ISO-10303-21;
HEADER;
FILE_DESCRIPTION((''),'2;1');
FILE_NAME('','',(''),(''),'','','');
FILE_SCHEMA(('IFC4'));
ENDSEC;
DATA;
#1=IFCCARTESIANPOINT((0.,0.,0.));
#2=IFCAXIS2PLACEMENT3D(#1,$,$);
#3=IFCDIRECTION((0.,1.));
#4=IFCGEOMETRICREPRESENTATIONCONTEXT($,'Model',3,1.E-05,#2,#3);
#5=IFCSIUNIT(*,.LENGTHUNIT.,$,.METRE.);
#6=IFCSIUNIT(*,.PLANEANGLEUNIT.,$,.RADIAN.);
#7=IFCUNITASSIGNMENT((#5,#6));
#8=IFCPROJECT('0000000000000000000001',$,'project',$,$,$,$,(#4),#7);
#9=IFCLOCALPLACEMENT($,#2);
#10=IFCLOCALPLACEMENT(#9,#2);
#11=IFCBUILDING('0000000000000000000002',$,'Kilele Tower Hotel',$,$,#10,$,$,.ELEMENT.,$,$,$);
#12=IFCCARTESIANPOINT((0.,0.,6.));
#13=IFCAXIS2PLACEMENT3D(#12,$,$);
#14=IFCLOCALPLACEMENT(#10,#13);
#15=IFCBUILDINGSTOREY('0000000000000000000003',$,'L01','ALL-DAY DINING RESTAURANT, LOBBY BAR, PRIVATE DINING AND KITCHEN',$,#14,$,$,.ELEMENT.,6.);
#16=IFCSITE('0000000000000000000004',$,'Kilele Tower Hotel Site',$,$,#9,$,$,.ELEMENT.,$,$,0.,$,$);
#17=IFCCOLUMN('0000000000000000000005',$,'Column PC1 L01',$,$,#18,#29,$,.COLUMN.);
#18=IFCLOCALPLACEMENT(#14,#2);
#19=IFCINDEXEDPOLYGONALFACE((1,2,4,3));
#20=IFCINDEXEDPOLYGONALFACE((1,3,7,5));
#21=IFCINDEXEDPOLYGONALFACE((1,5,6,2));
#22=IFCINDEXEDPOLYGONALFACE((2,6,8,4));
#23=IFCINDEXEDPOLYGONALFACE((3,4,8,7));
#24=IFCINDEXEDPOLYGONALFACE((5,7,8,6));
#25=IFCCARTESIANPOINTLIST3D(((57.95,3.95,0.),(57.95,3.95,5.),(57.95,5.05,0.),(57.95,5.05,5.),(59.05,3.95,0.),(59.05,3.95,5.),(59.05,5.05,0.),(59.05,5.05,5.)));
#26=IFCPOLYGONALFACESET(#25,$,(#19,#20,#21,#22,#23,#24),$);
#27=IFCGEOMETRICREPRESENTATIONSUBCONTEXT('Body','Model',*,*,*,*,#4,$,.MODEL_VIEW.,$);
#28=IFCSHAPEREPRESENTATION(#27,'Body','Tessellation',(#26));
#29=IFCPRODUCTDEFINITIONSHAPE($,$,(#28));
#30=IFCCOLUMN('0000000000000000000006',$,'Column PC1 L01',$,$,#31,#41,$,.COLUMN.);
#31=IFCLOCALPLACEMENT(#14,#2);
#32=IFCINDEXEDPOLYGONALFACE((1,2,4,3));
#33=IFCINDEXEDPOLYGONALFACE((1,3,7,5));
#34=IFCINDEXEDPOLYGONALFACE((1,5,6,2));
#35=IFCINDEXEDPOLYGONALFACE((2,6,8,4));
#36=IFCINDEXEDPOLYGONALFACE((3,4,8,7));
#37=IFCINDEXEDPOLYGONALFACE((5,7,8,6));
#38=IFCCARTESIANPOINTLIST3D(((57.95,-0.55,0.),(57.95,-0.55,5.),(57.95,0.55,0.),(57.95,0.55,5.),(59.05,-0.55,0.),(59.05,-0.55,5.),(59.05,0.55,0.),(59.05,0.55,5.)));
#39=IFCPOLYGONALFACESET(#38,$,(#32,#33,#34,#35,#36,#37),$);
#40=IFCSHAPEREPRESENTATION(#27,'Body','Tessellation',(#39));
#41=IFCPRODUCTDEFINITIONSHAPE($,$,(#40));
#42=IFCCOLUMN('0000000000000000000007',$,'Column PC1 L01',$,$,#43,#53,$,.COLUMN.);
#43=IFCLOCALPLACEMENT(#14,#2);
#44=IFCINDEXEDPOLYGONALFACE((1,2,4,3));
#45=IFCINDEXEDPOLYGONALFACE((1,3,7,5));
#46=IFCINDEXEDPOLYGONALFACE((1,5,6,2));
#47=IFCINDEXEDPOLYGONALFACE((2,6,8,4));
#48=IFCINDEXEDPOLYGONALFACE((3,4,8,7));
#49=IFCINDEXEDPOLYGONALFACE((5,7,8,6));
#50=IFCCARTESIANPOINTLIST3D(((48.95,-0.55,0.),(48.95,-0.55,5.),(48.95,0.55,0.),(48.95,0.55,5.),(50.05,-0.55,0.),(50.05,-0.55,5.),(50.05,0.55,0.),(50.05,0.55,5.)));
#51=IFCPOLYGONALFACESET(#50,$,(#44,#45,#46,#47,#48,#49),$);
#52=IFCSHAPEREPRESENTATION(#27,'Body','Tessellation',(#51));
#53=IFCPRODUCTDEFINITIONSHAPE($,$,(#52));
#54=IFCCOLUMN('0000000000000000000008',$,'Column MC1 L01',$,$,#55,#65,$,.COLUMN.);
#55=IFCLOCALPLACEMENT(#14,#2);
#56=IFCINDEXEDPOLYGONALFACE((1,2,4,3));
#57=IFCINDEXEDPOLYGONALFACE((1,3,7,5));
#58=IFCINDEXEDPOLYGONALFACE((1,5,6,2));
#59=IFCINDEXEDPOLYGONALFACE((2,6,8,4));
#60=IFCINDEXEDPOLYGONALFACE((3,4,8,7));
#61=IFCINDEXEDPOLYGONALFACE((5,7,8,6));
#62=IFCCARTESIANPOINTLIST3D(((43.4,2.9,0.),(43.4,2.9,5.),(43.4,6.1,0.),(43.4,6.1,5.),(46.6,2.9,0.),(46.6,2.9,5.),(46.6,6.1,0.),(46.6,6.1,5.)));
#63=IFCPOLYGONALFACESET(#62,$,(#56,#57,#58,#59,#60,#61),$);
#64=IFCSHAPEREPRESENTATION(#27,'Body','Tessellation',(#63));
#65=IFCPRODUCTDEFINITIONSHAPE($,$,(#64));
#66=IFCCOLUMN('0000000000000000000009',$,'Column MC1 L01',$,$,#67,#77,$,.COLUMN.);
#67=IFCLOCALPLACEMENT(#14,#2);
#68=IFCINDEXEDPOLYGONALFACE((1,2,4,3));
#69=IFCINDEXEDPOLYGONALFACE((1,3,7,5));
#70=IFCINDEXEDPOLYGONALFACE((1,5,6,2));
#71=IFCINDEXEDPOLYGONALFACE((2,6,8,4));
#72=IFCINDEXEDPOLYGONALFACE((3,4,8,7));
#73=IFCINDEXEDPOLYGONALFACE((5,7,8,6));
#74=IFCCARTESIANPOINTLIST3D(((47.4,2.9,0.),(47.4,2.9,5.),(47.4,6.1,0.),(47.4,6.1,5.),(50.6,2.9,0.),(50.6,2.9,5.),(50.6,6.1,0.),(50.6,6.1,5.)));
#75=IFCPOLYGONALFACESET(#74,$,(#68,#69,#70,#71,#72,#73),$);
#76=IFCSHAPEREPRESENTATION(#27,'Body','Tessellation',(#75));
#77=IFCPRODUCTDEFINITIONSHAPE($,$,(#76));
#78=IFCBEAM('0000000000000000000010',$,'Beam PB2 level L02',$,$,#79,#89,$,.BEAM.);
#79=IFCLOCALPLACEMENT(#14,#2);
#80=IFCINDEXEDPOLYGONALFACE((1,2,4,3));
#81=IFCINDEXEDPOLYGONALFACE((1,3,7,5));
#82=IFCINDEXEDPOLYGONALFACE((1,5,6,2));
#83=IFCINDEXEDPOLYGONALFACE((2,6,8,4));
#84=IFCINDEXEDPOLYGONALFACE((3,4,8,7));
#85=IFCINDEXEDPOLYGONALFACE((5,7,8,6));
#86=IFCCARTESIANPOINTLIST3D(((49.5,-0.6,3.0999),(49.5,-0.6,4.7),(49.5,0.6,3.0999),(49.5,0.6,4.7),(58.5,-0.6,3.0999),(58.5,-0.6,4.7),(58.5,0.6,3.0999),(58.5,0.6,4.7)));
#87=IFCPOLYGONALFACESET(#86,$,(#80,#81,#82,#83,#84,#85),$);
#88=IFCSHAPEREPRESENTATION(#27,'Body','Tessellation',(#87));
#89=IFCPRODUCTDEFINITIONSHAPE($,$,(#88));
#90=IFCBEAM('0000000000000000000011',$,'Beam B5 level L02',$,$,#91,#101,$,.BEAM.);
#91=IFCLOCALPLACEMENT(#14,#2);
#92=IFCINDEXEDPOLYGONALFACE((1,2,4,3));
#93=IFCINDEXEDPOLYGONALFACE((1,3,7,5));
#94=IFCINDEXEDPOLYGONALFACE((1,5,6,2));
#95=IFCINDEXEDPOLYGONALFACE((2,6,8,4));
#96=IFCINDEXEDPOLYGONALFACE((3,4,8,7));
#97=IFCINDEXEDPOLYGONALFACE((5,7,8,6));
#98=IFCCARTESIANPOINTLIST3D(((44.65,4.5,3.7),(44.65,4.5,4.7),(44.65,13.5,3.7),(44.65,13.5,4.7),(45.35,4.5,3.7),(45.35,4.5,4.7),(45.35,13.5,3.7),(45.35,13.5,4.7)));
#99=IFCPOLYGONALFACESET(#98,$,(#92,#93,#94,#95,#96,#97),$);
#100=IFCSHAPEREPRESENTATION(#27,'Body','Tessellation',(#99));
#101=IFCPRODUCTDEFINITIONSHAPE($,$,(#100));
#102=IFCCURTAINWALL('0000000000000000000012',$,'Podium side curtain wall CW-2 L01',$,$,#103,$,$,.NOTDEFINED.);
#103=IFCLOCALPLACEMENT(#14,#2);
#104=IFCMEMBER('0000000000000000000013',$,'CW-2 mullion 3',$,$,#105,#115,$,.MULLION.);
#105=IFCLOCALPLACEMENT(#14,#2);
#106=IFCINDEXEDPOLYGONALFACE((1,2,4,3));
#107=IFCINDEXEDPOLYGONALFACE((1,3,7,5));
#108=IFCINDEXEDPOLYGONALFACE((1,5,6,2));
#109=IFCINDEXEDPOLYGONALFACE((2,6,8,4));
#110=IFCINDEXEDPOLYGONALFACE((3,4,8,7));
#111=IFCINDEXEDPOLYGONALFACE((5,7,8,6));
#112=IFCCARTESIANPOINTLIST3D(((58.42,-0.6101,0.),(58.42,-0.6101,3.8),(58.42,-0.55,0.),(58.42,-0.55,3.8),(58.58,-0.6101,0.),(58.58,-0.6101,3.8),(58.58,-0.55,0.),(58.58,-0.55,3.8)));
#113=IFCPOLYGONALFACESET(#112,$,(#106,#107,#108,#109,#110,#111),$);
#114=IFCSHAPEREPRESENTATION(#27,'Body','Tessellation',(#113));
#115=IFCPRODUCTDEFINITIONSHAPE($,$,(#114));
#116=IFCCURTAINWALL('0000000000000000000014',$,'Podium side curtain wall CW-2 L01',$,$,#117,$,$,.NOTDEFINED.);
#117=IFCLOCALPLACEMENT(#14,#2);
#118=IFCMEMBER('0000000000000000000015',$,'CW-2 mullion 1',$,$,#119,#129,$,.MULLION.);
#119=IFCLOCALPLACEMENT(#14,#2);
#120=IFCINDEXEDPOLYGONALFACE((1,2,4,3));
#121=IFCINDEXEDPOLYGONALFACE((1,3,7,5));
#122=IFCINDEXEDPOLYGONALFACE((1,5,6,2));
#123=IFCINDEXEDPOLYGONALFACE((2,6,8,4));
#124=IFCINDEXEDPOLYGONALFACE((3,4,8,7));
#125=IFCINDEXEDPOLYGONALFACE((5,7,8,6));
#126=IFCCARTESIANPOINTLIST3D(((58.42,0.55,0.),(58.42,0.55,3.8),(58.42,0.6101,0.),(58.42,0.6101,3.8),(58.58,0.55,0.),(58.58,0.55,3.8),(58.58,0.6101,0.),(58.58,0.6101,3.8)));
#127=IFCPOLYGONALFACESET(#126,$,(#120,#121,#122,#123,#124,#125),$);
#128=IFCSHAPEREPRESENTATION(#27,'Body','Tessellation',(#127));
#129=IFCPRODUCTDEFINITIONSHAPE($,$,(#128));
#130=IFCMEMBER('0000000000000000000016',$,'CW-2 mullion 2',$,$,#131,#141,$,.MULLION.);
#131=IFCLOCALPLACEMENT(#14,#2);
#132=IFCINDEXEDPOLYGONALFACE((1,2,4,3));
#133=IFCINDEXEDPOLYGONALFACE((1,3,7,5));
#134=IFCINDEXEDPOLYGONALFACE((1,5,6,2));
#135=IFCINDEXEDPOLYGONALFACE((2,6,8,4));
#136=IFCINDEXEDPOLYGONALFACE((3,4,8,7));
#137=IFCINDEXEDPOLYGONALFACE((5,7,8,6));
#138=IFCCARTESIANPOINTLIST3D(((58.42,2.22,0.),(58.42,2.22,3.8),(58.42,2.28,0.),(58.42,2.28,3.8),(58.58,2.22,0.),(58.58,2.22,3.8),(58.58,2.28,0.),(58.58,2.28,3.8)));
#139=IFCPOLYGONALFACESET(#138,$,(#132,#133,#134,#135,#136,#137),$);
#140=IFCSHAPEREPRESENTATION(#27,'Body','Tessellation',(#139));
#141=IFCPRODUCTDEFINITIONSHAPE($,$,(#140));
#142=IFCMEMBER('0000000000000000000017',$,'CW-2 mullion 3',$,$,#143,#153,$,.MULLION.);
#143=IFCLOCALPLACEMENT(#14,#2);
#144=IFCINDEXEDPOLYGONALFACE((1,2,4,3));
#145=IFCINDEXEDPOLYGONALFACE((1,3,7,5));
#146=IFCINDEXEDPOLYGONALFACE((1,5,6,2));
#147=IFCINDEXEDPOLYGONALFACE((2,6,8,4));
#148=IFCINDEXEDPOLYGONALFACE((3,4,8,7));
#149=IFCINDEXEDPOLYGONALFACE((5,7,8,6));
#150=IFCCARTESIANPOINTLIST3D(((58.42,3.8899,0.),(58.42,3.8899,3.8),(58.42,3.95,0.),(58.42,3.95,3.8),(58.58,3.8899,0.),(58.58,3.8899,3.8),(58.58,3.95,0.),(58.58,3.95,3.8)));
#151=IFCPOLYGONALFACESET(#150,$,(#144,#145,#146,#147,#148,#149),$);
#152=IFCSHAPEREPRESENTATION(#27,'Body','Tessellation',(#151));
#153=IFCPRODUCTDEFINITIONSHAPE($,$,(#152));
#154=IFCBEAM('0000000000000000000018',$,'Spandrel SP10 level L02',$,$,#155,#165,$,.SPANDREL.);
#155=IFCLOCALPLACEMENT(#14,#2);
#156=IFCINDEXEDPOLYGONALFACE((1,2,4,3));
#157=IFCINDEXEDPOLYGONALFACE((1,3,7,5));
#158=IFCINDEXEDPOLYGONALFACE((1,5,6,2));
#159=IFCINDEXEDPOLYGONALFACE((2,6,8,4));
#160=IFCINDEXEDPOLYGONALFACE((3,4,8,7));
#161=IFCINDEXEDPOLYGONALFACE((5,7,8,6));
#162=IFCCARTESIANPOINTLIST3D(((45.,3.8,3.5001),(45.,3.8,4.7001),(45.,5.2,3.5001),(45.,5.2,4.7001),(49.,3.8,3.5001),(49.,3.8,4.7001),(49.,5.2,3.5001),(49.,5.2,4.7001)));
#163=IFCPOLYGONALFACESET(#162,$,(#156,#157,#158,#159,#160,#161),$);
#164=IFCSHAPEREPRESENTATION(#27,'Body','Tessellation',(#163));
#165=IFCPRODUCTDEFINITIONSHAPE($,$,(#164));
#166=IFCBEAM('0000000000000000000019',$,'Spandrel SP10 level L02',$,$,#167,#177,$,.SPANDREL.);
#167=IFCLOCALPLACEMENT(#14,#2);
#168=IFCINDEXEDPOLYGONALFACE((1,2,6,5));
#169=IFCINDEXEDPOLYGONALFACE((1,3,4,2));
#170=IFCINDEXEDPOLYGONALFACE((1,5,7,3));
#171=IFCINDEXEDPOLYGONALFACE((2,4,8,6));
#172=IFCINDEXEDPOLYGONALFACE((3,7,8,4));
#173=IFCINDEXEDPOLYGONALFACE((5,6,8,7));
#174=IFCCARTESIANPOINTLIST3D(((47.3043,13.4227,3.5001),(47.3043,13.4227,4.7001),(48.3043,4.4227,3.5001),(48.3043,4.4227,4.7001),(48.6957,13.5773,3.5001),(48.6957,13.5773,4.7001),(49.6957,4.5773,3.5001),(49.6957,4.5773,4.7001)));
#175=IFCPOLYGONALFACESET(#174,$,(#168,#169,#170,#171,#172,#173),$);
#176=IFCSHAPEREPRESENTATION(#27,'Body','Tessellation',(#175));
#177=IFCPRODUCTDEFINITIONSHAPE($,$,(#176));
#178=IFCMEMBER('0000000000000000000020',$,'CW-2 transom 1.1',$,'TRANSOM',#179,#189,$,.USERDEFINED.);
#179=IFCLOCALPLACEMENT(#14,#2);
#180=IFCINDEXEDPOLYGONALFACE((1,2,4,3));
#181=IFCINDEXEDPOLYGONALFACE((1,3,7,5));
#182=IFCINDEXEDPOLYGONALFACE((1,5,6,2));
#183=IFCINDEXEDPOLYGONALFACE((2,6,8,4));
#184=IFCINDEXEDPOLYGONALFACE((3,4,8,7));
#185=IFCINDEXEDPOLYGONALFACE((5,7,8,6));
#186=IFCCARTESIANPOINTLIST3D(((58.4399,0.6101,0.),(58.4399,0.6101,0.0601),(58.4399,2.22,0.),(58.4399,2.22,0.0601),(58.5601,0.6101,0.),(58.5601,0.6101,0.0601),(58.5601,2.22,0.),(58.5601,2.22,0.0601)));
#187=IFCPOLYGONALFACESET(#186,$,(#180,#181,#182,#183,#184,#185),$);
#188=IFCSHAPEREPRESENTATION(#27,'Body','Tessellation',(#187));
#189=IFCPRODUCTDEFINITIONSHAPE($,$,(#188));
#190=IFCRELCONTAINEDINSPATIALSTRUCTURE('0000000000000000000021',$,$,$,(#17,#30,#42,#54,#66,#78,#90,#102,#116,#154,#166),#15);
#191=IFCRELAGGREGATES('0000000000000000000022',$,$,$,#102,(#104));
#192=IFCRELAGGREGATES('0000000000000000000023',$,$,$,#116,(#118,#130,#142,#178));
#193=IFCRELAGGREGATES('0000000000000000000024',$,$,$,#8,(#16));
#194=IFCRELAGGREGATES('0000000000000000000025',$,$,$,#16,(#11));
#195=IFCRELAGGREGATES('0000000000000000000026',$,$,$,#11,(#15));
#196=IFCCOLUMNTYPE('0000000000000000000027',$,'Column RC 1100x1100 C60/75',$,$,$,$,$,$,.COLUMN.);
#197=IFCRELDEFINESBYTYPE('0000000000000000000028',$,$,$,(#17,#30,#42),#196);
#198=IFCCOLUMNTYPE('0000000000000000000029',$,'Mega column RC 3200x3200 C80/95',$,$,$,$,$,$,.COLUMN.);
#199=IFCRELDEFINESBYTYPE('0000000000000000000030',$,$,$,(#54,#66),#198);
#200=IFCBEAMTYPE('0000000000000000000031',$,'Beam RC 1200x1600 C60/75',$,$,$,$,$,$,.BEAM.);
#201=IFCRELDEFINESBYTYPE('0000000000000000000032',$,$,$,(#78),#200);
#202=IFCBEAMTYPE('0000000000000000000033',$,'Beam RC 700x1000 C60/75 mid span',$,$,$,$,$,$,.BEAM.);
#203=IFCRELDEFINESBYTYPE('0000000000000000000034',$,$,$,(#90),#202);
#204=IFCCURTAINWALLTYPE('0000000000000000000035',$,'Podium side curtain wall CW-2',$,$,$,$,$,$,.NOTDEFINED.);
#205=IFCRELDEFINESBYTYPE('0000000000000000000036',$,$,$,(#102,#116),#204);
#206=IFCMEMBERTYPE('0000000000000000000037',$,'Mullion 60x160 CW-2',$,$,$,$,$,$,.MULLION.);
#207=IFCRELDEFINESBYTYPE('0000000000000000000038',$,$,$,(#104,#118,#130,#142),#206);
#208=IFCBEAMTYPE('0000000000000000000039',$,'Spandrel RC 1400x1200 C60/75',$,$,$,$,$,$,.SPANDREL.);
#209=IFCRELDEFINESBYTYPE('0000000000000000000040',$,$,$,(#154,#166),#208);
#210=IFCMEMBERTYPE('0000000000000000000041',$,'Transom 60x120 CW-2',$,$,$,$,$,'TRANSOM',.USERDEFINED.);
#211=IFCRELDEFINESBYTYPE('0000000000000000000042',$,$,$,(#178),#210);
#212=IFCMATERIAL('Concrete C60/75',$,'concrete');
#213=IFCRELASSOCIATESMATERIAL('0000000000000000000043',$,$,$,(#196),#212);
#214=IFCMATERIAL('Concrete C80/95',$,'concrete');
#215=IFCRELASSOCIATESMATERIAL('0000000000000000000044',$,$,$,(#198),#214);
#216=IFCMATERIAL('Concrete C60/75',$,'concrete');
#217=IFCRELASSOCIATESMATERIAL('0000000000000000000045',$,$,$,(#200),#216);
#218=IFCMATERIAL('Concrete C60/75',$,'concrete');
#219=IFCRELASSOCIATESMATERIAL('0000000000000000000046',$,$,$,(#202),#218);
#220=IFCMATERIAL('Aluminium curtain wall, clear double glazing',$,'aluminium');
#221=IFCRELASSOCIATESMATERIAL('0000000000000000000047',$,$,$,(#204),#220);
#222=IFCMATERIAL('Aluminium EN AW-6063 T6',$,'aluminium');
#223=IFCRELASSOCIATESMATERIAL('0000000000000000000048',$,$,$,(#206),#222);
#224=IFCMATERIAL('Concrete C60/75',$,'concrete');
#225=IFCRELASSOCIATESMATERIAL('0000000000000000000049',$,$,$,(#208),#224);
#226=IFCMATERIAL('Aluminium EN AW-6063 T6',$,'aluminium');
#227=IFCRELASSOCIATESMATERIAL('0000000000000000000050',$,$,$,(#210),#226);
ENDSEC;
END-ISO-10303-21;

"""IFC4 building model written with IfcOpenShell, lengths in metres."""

from ifc_helpers import new_model, si_unit, direction, frame, origin, origin_2d, place, context, subcontext, project, spatial, rectangle, extrude, material, material_profile, profile_set, type_object, element, aggregate, save


model = new_model("IFC4")

# Units and contexts
model_context = context("Model", 3, precision=1e-05, world=origin(), true_north=direction((0.0, 1.0)))
body_context = subcontext(model_context, "Body", "Model", "MODEL_VIEW")
ifc_project = project(units=[si_unit("LENGTHUNIT", "METRE"), si_unit("PLANEANGLEUNIT", "RADIAN")], contexts=[model_context])

# Site, building, storey
site_placement = place(None, origin())
site = spatial("IfcSite", under=ifc_project, at=site_placement, Name="Kilele Tower Hotel Site", CompositionType="ELEMENT", RefElevation=0.0)
building_placement = place(site_placement, origin())
building = spatial("IfcBuilding", under=site, at=building_placement, Name="Kilele Tower Hotel", CompositionType="ELEMENT")
storey_placement = place(building_placement, frame((0.0, 0.0, 6.0)))
storey = spatial("IfcBuildingStorey", under=building, at=storey_placement, Name="L01", Description="ALL-DAY DINING RESTAURANT, LOBBY BAR, PRIVATE DINING AND KITCHEN", CompositionType="ELEMENT", Elevation=6.0)

# Columns
ifc_material_1 = material(Name="Concrete C60/75", Category="concrete")
ifc_material_profile_1 = material_profile(ifc_material_1, rectangle(XDim=1.1001, YDim=1.1001, at=origin_2d()))
ifc_profile_set_1 = profile_set([ifc_material_profile_1], Name="Concrete C60/75")
column_type_1 = type_object("IfcColumnType", Name="Column RC 1100x1100 C60/75", PredefinedType="COLUMN", material=ifc_profile_set_1)
for number, where, z_axis, x_axis, name in (
    (1, (58.5, 4.5, 0.0), (0.0, 0.0, 1.0), (1.0, 0.0, 0.0), "Column PC1 L01"),
    (2, (58.5, 0.0, 0.0), (0.0, 0.0, 1.0), (1.0, 0.0, 0.0), "Column PC1 L01"),
    (3, (49.5, 0.0, 0.0), (0.0, 0.0, 1.0), (1.0, 0.0, 0.0), "Column PC1 L01"),
):
    element("IfcColumn", number, at=place(storey_placement, frame(where, z_axis=z_axis, x_axis=x_axis)), inside=storey, type_object=column_type_1, Name=name, PredefinedType="COLUMN", context=body_context, shape_type="SweptSolid", body=[
        extrude(rectangle(XDim=1.1001, YDim=1.1001, at=origin_2d()), origin(), (0.0, 0.0, 1.0), 5.0),
    ])
ifc_material_2 = material(Name="Concrete C80/95", Category="concrete")
ifc_material_profile_2 = material_profile(ifc_material_2, rectangle(XDim=3.2, YDim=3.2, at=origin_2d()))
ifc_profile_set_2 = profile_set([ifc_material_profile_2], Name="Concrete C80/95")
column_type_2 = type_object("IfcColumnType", Name="Mega column RC 3200x3200 C80/95", PredefinedType="COLUMN", material=ifc_profile_set_2)
for number, where, z_axis, x_axis, name in (
    (4, (45.0, 4.5, 0.0), (0.0, 0.0, 1.0), (1.0, 0.0, 0.0), "Column MC1 L01"),
    (5, (49.0, 4.5, 0.0), (0.0, 0.0, 1.0), (1.0, 0.0, 0.0), "Column MC1 L01"),
):
    element("IfcColumn", number, at=place(storey_placement, frame(where, z_axis=z_axis, x_axis=x_axis)), inside=storey, type_object=column_type_2, Name=name, PredefinedType="COLUMN", context=body_context, shape_type="SweptSolid", body=[
        extrude(rectangle(XDim=3.2, YDim=3.2, at=origin_2d()), origin(), (0.0, 0.0, 1.0), 5.0),
    ])

# Beams
ifc_material_3 = material(Name="Concrete C60/75", Category="concrete")
ifc_material_profile_3 = material_profile(ifc_material_3, rectangle(XDim=1.2, YDim=1.6001, at=origin_2d()))
ifc_profile_set_3 = profile_set([ifc_material_profile_3], Name="Concrete C60/75")
beam_type_1 = type_object("IfcBeamType", Name="Beam RC 1200x1600 C60/75", PredefinedType="BEAM", material=ifc_profile_set_3)
beam_1_placement = place(storey_placement, frame((49.5, 0.0, 3.8999), z_axis=(1.0, 0.0, 0.0), x_axis=(0.0, 1.0, 0.0)))
element("IfcBeam", 6, at=beam_1_placement, inside=storey, type_object=beam_type_1, Name="Beam PB2 level L02", PredefinedType="BEAM", context=body_context, shape_type="SweptSolid", body=[
    extrude(rectangle(XDim=1.2, YDim=1.6001, at=origin_2d()), origin(), (0.0, 0.0, 1.0), 9.0),
])
ifc_material_4 = material(Name="Concrete C60/75", Category="concrete")
ifc_material_profile_4 = material_profile(ifc_material_4, rectangle(XDim=0.7, YDim=1.0, at=origin_2d()))
ifc_profile_set_4 = profile_set([ifc_material_profile_4], Name="Concrete C60/75")
beam_type_2 = type_object("IfcBeamType", Name="Beam RC 700x1000 C60/75 mid span", PredefinedType="BEAM", material=ifc_profile_set_4)
beam_2_placement = place(storey_placement, frame((45.0, 4.5, 4.2), z_axis=(0.0, 1.0, 0.0), x_axis=(-1.0, 0.0, 0.0)))
element("IfcBeam", 7, at=beam_2_placement, inside=storey, type_object=beam_type_2, Name="Beam B5 level L02", PredefinedType="BEAM", context=body_context, shape_type="SweptSolid", body=[
    extrude(rectangle(XDim=0.7, YDim=1.0, at=origin_2d()), origin(), (0.0, 0.0, 1.0), 9.0),
])

# Curtain wall, member
ifc_material_5 = material(Name="Aluminium curtain wall, clear double glazing", Category="aluminium")
curtain_wall_type = type_object("IfcCurtainWallType", Name="Podium side curtain wall CW-2", PredefinedType="NOTDEFINED", material=ifc_material_5)
curtain_wall_1_placement = place(storey_placement, origin())
curtain_wall_1 = element("IfcCurtainWall", 8, at=curtain_wall_1_placement, inside=storey, type_object=curtain_wall_type, Name="Podium side curtain wall CW-2 L01", PredefinedType="NOTDEFINED")
ifc_material_6 = material(Name="Aluminium EN AW-6063 T6", Category="aluminium")
ifc_material_profile_5 = material_profile(ifc_material_6, rectangle(XDim=0.1599, YDim=0.0601, at=origin_2d()))
ifc_profile_set_5 = profile_set([ifc_material_profile_5], Name="Aluminium EN AW-6063 T6")
member_type_1 = type_object("IfcMemberType", Name="Mullion 60x160 CW-2", PredefinedType="MULLION", material=ifc_profile_set_5)
member_1_placement = place(storey_placement, frame((58.5, -0.5801, 0.0), z_axis=(0.0, 0.0, 1.0), x_axis=(-1.0, 0.0, 0.0)))
member_1 = element("IfcMember", 9, at=member_1_placement, type_object=member_type_1, Name="CW-2 mullion 3", PredefinedType="MULLION", context=body_context, shape_type="SweptSolid", body=[
    extrude(rectangle(XDim=0.1599, YDim=0.0601, at=origin_2d()), origin(), (0.0, 0.0, 1.0), 3.8),
])
aggregate(curtain_wall_1, [member_1])

# Curtain wall, members
curtain_wall_2_placement = place(storey_placement, origin())
curtain_wall_2 = element("IfcCurtainWall", 10, at=curtain_wall_2_placement, inside=storey, type_object=curtain_wall_type, Name="Podium side curtain wall CW-2 L01", PredefinedType="NOTDEFINED")
member_2_placement = place(storey_placement, frame((58.5, 0.5801, 0.0), z_axis=(0.0, 0.0, 1.0), x_axis=(-1.0, 0.0, 0.0)))
member_2 = element("IfcMember", 11, at=member_2_placement, type_object=member_type_1, Name="CW-2 mullion 1", PredefinedType="MULLION", context=body_context, shape_type="SweptSolid", body=[
    extrude(rectangle(XDim=0.1599, YDim=0.0601, at=origin_2d()), origin(), (0.0, 0.0, 1.0), 3.8),
])
member_3_placement = place(storey_placement, frame((58.5, 2.25, 0.0), z_axis=(0.0, 0.0, 1.0), x_axis=(-1.0, 0.0, 0.0)))
member_3 = element("IfcMember", 12, at=member_3_placement, type_object=member_type_1, Name="CW-2 mullion 2", PredefinedType="MULLION", context=body_context, shape_type="SweptSolid", body=[
    extrude(rectangle(XDim=0.1599, YDim=0.0601, at=origin_2d()), origin(), (0.0, 0.0, 1.0), 3.8),
])
member_4_placement = place(storey_placement, frame((58.5, 3.9199, 0.0), z_axis=(0.0, 0.0, 1.0), x_axis=(-1.0, 0.0, 0.0)))
member_4 = element("IfcMember", 13, at=member_4_placement, type_object=member_type_1, Name="CW-2 mullion 3", PredefinedType="MULLION", context=body_context, shape_type="SweptSolid", body=[
    extrude(rectangle(XDim=0.1599, YDim=0.0601, at=origin_2d()), origin(), (0.0, 0.0, 1.0), 3.8),
])

# Beams
ifc_material_7 = material(Name="Concrete C60/75", Category="concrete")
ifc_material_profile_6 = material_profile(ifc_material_7, rectangle(XDim=1.3999, YDim=1.2, at=origin_2d()))
ifc_profile_set_6 = profile_set([ifc_material_profile_6], Name="Concrete C60/75")
beam_type_3 = type_object("IfcBeamType", Name="Spandrel RC 1400x1200 C60/75", PredefinedType="SPANDREL", material=ifc_profile_set_6)
beam_3_placement = place(storey_placement, frame((45.0, 4.5, 4.1001), z_axis=(1.0, 0.0, 0.0), x_axis=(0.0, 1.0, 0.0)))
element("IfcBeam", 14, at=beam_3_placement, inside=storey, type_object=beam_type_3, Name="Spandrel SP10 level L02", PredefinedType="SPANDREL", context=body_context, shape_type="SweptSolid", body=[
    extrude(rectangle(XDim=1.3999, YDim=1.2, at=origin_2d()), origin(), (0.0, 0.0, 1.0), 4.0),
])
beam_4_placement = place(storey_placement, frame((49.0, 4.5, 4.1001), z_axis=(-0.110432, 0.993884, 0.0), x_axis=(-0.993884, -0.110432, 0.0)))
element("IfcBeam", 15, at=beam_4_placement, inside=storey, type_object=beam_type_3, Name="Spandrel SP10 level L02", PredefinedType="SPANDREL", context=body_context, shape_type="SweptSolid", body=[
    extrude(rectangle(XDim=1.3999, YDim=1.2, at=origin_2d()), origin(), (0.0, 0.0, 1.0), 9.0554),
])

# Member
ifc_material_8 = material(Name="Aluminium EN AW-6063 T6", Category="aluminium")
ifc_material_profile_7 = material_profile(ifc_material_8, rectangle(XDim=0.1201, YDim=0.0601, at=origin_2d()))
ifc_profile_set_7 = profile_set([ifc_material_profile_7], Name="Aluminium EN AW-6063 T6")
member_type_2 = type_object("IfcMemberType", Name="Transom 60x120 CW-2", ElementType="TRANSOM", PredefinedType="USERDEFINED", material=ifc_profile_set_7)
member_5_placement = place(storey_placement, frame((58.5, 0.6101, 0.03), z_axis=(0.0, 1.0, 0.0), x_axis=(-1.0, 0.0, 0.0)))
member_5 = element("IfcMember", 16, at=member_5_placement, type_object=member_type_2, Name="CW-2 transom 1.1", ObjectType="TRANSOM", PredefinedType="USERDEFINED", context=body_context, shape_type="SweptSolid", body=[
    extrude(rectangle(XDim=0.1201, YDim=0.0601, at=origin_2d()), origin(), (0.0, 0.0, 1.0), 1.6099),
])

aggregate(curtain_wall_2, [member_2, member_3, member_4, member_5])

save(model, "model.ifc")
